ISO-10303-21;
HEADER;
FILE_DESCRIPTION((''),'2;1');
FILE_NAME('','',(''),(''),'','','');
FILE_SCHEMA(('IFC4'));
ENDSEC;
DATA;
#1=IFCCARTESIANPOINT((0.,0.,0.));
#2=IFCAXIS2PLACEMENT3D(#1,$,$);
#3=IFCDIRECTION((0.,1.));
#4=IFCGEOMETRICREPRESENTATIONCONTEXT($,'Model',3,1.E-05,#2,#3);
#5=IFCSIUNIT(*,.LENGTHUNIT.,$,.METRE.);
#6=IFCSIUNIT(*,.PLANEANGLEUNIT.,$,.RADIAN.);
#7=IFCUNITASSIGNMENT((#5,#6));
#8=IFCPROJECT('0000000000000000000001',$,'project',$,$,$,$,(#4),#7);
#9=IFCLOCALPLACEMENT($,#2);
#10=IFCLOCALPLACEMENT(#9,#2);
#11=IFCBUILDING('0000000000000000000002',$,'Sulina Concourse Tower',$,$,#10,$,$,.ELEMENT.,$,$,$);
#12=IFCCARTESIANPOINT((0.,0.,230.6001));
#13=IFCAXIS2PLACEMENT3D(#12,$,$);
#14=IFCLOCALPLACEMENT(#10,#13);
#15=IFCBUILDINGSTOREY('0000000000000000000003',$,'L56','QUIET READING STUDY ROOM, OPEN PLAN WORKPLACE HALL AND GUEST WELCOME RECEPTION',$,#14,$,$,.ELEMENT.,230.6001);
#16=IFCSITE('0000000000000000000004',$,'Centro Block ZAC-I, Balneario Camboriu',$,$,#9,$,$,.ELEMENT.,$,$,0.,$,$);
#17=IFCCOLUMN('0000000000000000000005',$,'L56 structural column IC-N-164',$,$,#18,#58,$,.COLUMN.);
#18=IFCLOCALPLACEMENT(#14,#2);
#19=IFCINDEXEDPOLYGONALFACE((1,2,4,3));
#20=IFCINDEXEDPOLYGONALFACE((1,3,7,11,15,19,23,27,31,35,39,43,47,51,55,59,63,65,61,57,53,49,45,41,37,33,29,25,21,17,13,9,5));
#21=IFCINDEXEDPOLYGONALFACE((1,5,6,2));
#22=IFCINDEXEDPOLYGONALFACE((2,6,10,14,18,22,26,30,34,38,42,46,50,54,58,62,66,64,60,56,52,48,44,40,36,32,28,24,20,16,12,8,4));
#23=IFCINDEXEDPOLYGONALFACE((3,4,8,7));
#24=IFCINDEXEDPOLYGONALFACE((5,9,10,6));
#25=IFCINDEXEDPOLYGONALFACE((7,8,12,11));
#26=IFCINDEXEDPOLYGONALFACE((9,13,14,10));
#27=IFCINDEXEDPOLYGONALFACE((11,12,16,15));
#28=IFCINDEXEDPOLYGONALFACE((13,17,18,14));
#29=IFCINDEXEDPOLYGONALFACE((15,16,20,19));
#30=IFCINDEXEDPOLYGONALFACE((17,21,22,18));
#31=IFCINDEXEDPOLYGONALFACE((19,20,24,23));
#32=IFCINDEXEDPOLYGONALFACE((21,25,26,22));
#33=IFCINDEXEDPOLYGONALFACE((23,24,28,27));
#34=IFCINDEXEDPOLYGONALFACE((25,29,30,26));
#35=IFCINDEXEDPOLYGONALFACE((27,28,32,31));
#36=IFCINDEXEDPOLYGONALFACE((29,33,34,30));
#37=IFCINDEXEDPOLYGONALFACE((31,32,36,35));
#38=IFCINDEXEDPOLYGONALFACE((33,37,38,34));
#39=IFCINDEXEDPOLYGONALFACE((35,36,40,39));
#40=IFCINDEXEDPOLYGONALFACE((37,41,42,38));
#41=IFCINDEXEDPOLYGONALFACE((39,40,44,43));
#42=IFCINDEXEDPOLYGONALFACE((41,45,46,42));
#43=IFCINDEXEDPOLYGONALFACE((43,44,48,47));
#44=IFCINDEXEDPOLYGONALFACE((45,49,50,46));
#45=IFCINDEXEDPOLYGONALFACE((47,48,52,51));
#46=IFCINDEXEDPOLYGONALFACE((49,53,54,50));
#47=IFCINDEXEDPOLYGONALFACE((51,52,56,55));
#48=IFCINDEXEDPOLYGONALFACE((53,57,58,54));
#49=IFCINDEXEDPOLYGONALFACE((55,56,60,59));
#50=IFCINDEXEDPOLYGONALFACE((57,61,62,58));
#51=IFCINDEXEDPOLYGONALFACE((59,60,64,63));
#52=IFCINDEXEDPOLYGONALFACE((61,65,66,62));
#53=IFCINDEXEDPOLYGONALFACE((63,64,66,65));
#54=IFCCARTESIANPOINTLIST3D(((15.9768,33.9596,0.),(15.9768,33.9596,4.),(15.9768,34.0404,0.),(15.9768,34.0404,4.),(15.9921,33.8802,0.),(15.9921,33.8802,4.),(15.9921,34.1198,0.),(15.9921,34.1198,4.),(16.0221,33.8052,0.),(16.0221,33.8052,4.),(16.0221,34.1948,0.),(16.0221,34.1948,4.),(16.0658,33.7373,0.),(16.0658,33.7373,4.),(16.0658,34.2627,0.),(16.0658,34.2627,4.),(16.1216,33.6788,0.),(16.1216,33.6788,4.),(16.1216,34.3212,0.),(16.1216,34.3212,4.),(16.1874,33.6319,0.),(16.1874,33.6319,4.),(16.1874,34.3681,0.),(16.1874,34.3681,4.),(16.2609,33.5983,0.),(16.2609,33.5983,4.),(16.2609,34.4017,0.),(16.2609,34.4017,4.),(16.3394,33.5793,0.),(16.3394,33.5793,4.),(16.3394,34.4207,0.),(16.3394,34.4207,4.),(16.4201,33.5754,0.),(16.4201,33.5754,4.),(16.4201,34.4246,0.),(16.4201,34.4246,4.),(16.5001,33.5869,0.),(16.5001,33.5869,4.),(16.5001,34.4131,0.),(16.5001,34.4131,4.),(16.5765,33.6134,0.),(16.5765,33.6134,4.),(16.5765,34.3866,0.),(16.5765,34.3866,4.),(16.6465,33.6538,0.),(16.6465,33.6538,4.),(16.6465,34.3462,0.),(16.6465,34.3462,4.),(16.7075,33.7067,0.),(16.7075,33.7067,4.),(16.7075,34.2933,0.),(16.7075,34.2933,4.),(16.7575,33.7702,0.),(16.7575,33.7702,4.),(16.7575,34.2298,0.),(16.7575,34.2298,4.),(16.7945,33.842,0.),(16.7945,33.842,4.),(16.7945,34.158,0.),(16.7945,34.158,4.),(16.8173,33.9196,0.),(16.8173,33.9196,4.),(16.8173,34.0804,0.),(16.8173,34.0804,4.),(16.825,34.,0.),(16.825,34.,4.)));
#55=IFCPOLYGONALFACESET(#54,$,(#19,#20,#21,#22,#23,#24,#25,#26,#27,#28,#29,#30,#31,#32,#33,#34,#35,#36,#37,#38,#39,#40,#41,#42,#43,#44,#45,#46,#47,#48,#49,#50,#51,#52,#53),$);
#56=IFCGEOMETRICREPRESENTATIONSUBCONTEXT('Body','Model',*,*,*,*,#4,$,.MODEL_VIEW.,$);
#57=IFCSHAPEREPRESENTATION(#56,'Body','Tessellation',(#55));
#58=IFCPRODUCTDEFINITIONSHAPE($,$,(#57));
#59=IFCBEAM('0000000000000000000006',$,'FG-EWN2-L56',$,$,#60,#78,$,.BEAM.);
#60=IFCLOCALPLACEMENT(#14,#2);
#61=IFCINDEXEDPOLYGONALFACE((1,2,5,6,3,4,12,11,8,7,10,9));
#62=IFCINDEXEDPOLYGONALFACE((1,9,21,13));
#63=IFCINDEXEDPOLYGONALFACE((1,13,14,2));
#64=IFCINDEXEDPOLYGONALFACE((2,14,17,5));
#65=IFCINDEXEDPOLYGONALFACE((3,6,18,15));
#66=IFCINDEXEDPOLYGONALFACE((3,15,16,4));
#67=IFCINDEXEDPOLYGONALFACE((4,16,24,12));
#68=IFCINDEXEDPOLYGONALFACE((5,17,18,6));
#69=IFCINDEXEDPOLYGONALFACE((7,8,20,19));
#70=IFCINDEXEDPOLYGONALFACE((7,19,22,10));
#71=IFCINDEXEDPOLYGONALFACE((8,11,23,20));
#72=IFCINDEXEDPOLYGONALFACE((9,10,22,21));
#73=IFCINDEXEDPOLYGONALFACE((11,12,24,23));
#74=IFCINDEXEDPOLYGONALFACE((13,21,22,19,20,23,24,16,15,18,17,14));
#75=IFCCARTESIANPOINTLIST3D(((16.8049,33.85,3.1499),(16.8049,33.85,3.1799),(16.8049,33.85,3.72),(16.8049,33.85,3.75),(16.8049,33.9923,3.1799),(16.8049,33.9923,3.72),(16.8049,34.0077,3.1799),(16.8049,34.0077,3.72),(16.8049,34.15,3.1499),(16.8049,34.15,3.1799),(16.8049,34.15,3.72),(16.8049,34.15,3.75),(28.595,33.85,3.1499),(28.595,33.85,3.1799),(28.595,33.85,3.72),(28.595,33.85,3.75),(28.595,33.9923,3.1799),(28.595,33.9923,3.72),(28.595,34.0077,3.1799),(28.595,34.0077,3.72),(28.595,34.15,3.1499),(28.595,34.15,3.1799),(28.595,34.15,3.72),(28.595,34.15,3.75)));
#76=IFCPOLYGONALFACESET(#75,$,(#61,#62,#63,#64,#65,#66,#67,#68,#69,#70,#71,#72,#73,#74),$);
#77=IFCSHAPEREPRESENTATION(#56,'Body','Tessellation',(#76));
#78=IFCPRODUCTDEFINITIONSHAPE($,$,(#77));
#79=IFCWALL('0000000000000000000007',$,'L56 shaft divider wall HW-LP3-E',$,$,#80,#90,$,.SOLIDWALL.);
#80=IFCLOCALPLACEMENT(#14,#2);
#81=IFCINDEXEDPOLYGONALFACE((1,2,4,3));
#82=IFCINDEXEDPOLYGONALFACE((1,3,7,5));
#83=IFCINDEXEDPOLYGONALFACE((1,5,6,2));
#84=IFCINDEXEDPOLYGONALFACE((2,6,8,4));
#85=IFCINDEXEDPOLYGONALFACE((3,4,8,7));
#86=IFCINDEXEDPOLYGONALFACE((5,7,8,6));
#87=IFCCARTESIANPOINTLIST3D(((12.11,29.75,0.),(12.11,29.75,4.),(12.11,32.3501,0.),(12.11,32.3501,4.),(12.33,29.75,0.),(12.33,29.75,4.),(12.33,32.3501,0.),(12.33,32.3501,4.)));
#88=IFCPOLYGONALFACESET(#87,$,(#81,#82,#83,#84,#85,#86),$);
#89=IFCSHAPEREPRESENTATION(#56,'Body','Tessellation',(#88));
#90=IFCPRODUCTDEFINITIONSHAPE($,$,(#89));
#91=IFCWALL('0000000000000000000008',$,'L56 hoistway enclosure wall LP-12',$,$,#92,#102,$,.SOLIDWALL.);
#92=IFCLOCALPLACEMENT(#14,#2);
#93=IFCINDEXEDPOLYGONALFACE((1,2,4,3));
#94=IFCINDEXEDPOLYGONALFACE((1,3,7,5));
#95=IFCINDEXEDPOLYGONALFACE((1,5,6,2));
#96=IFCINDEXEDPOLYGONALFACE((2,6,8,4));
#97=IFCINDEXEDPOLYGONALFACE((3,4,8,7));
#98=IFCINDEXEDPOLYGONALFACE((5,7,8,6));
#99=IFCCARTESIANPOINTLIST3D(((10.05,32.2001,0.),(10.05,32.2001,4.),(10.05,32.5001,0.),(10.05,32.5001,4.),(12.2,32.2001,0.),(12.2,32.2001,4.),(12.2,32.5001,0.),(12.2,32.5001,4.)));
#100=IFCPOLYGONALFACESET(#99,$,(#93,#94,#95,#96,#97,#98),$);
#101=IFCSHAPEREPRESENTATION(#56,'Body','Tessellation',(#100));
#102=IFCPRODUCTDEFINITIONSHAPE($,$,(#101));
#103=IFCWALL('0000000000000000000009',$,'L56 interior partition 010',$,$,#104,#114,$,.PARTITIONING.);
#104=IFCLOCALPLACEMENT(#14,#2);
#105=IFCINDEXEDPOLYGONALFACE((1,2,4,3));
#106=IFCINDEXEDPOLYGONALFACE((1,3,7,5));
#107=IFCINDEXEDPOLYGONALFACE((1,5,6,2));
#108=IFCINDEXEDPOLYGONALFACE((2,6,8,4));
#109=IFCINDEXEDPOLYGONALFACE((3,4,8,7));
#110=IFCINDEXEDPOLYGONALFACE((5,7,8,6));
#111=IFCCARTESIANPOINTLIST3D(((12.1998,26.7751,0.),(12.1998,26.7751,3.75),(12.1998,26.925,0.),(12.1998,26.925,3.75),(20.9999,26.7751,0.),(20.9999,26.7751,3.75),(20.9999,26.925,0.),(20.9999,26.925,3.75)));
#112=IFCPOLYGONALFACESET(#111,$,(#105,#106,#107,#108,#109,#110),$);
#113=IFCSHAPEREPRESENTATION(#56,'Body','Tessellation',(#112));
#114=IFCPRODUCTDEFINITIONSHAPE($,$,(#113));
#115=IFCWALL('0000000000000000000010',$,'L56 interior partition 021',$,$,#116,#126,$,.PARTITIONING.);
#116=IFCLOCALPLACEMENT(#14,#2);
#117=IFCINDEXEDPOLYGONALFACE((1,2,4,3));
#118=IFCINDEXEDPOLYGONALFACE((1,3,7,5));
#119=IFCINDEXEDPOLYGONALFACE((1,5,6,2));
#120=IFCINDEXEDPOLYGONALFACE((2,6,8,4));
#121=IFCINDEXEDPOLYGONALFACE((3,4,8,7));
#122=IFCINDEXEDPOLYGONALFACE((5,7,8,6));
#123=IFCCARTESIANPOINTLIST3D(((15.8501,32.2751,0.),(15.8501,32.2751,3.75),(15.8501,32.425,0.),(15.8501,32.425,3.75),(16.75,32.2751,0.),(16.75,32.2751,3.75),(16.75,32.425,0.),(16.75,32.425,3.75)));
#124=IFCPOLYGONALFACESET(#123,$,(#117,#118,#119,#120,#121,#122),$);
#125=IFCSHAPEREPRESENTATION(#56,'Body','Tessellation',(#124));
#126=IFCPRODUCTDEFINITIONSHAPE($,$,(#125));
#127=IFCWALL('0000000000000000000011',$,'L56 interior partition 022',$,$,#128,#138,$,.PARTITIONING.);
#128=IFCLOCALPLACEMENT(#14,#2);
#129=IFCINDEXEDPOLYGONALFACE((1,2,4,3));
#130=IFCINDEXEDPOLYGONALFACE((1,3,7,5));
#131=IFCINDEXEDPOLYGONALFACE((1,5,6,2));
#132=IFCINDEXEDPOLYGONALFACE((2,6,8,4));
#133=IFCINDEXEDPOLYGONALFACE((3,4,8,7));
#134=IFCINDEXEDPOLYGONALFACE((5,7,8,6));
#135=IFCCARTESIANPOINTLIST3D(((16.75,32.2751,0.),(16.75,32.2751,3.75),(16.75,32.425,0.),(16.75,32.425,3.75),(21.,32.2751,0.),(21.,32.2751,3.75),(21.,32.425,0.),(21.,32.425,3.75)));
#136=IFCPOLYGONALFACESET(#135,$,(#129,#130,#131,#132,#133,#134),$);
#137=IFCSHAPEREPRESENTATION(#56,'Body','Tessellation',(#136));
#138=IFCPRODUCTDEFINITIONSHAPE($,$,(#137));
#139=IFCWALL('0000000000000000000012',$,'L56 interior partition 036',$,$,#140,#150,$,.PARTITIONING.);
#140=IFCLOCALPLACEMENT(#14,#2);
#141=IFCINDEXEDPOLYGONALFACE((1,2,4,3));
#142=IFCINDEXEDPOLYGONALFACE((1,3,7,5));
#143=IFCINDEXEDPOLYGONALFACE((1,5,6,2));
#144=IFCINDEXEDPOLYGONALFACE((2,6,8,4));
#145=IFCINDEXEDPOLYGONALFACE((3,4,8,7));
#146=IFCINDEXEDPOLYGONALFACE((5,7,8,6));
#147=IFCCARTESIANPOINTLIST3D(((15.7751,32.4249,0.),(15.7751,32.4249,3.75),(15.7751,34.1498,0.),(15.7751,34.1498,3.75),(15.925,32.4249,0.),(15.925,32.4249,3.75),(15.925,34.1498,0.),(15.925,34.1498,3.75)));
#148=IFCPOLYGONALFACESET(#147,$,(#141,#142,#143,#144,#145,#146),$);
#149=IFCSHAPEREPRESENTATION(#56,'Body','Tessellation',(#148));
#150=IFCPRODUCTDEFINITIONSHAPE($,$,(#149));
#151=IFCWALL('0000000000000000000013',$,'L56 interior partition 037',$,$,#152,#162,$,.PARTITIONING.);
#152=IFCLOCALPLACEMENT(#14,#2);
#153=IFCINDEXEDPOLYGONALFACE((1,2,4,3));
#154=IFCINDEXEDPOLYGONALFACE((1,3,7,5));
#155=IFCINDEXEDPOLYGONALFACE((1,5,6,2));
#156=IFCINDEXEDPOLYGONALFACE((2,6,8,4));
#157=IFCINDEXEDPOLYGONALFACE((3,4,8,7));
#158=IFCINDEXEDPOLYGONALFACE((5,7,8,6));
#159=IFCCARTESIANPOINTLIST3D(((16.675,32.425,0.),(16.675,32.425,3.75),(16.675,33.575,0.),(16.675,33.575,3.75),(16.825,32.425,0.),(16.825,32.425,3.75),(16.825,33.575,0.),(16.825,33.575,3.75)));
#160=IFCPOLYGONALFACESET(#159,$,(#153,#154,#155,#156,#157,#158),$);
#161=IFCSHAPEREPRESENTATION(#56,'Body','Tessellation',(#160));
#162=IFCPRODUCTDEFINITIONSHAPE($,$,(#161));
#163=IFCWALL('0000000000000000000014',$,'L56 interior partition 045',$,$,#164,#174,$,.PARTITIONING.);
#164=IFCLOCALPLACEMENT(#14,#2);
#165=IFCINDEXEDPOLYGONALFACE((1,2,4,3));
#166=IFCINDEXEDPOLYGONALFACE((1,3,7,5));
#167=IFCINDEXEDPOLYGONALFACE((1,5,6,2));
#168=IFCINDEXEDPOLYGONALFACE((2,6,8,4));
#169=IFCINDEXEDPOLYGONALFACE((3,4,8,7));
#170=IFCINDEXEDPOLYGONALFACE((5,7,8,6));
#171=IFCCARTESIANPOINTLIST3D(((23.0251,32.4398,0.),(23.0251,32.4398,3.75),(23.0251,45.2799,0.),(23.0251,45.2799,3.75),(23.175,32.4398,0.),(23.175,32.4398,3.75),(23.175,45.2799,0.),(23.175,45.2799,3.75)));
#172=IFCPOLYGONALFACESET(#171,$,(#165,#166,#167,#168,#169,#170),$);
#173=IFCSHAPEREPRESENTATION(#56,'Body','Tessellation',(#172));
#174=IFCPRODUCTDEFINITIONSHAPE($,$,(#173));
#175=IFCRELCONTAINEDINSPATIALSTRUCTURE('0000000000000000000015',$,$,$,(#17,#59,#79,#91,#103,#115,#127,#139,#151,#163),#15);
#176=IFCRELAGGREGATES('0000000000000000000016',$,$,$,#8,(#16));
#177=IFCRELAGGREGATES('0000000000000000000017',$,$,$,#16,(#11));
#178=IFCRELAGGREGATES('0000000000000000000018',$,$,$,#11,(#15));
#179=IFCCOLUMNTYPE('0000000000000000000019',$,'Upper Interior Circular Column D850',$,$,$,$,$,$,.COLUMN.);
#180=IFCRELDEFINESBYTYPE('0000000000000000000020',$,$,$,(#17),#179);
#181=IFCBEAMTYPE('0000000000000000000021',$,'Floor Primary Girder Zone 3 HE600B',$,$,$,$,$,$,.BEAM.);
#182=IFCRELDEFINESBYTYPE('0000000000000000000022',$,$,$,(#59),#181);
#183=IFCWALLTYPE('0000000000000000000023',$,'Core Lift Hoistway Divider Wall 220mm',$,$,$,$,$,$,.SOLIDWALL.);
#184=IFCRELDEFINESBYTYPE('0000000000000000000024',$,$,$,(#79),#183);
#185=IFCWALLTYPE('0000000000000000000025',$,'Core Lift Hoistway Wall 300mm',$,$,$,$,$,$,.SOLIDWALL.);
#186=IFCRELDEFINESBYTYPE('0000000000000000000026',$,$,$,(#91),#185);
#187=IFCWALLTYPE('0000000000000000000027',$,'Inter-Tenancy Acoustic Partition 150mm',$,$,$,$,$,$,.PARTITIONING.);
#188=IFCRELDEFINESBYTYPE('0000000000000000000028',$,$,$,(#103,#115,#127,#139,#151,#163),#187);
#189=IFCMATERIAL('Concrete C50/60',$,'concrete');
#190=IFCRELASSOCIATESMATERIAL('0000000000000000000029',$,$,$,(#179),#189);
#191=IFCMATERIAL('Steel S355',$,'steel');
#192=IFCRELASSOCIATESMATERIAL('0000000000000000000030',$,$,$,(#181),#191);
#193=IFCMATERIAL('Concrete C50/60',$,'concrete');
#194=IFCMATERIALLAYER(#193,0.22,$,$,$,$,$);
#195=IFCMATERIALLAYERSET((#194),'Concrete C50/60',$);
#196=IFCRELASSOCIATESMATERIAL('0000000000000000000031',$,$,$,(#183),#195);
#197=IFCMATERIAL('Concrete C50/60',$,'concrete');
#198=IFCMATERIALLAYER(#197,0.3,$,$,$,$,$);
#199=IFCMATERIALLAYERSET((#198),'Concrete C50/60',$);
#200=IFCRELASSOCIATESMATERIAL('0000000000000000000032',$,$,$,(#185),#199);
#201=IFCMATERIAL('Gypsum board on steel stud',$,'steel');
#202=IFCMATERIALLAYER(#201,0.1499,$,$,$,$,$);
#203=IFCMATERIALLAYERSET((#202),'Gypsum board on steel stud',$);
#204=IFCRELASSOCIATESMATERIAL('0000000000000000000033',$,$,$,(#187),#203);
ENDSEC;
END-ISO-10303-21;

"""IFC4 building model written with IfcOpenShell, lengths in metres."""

from ifc_helpers import new_model, si_unit, direction, frame, frame_2d, origin, origin_2d, place, context, subcontext, project, spatial, rectangle, circle, i_section, extrude, material, layer, layer_set, material_profile, profile_set, type_object, element, save


model = new_model("IFC4")

# Units and contexts
model_context = context("Model", 3, precision=1e-05, world=origin(), true_north=direction((0.0, 1.0)))
body_context = subcontext(model_context, "Body", "Model", "MODEL_VIEW")
ifc_project = project(units=[si_unit("LENGTHUNIT", "METRE"), si_unit("PLANEANGLEUNIT", "RADIAN")], contexts=[model_context])

# Site, building, storey
site_placement = place(None, origin())
site = spatial("IfcSite", under=ifc_project, at=site_placement, Name="Centro Block ZAC-I, Balneario Camboriu", CompositionType="ELEMENT", RefElevation=0.0)
building_placement = place(site_placement, origin())
building = spatial("IfcBuilding", under=site, at=building_placement, Name="Sulina Concourse Tower", CompositionType="ELEMENT")
storey_placement = place(building_placement, frame((0.0, 0.0, 230.6001)))
storey = spatial("IfcBuildingStorey", under=building, at=storey_placement, Name="L56", Description="QUIET READING STUDY ROOM, OPEN PLAN WORKPLACE HALL AND GUEST WELCOME RECEPTION", CompositionType="ELEMENT", Elevation=230.6001)

# Column
ifc_material_1 = material(Name="Concrete C50/60", Category="concrete")
ifc_material_profile_1 = material_profile(ifc_material_1, circle(Radius=0.425, at=origin_2d()), Name="RC D850")
ifc_profile_set_1 = profile_set([ifc_material_profile_1], Name="Concrete C50/60")
column_type = type_object("IfcColumnType", Name="Upper Interior Circular Column D850", PredefinedType="COLUMN", material=ifc_profile_set_1)
column_placement = place(storey_placement, frame((16.3999, 34.0, 0.0), z_axis=(0.0, 0.0, 1.0), x_axis=(1.0, 0.0, 0.0)))
element("IfcColumn", 1, at=column_placement, inside=storey, type_object=column_type, Name="L56 structural column IC-N-164", PredefinedType="COLUMN", context=body_context, shape_type="SweptSolid", body=[
    extrude(circle(Radius=0.425, at=origin_2d()), origin(), (0.0, 0.0, 1.0), 4.0),
])

# Beam
ifc_material_2 = material(Name="Steel S355", Category="steel")
ifc_material_profile_2 = material_profile(ifc_material_2, i_section(OverallWidth=0.3, OverallDepth=0.6001, WebThickness=0.0154, FlangeThickness=0.03, at=origin_2d()), Name="HE 600 B")
ifc_profile_set_2 = profile_set([ifc_material_profile_2], Name="Steel S355")
beam_type = type_object("IfcBeamType", Name="Floor Primary Girder Zone 3 HE600B", PredefinedType="BEAM", material=ifc_profile_set_2)
beam_placement = place(storey_placement, frame((16.8049, 34.0, 3.45), z_axis=(1.0, 0.0, 0.0), x_axis=(0.0, 1.0, 0.0)))
element("IfcBeam", 2, at=beam_placement, inside=storey, type_object=beam_type, Name="FG-EWN2-L56", PredefinedType="BEAM", context=body_context, shape_type="SweptSolid", body=[
    extrude(i_section(OverallWidth=0.3, OverallDepth=0.6001, WebThickness=0.0154, FlangeThickness=0.03, at=origin_2d()), origin(), (0.0, 0.0, 1.0), 11.79),
])

# Walls
ifc_material_3 = material(Name="Concrete C50/60", Category="concrete")
ifc_layer_1 = layer(ifc_material_3, 0.22)
ifc_layer_set_1 = layer_set([ifc_layer_1], Name="Concrete C50/60")
wall_type_1 = type_object("IfcWallType", Name="Core Lift Hoistway Divider Wall 220mm", PredefinedType="SOLIDWALL", material=ifc_layer_set_1)
wall_1_placement = place(storey_placement, frame((12.22, 29.75, 0.0), z_axis=(0.0, 0.0, 1.0), x_axis=(0.0, 1.0, 0.0)))
element("IfcWall", 3, at=wall_1_placement, inside=storey, type_object=wall_type_1, Name="L56 shaft divider wall HW-LP3-E", PredefinedType="SOLIDWALL", context=body_context, shape_type="SweptSolid", body=[
    extrude(rectangle(XDim=2.6001, YDim=0.22, at=frame_2d((1.3, 0.0))), origin(), (0.0, 0.0, 1.0), 4.0),
])
ifc_material_4 = material(Name="Concrete C50/60", Category="concrete")
ifc_layer_2 = layer(ifc_material_4, 0.3)
ifc_layer_set_2 = layer_set([ifc_layer_2], Name="Concrete C50/60")
wall_type_2 = type_object("IfcWallType", Name="Core Lift Hoistway Wall 300mm", PredefinedType="SOLIDWALL", material=ifc_layer_set_2)
wall_2_placement = place(storey_placement, frame((10.05, 32.3501, 0.0), z_axis=(0.0, 0.0, 1.0), x_axis=(1.0, 0.0, 0.0)))
element("IfcWall", 4, at=wall_2_placement, inside=storey, type_object=wall_type_2, Name="L56 hoistway enclosure wall LP-12", PredefinedType="SOLIDWALL", context=body_context, shape_type="SweptSolid", body=[
    extrude(rectangle(XDim=2.1499, YDim=0.3, at=frame_2d((1.075, 0.0))), origin(), (0.0, 0.0, 1.0), 4.0),
])
ifc_material_5 = material(Name="Gypsum board on steel stud", Category="steel")
ifc_layer_3 = layer(ifc_material_5, 0.1499)
ifc_layer_set_3 = layer_set([ifc_layer_3], Name="Gypsum board on steel stud")
wall_type_3 = type_object("IfcWallType", Name="Inter-Tenancy Acoustic Partition 150mm", PredefinedType="PARTITIONING", material=ifc_layer_set_3)
wall_3_placement = place(storey_placement, frame((12.2, 26.8501, 0.0), z_axis=(0.0, 0.0, 1.0), x_axis=(1.0, 0.0, 0.0)))
element("IfcWall", 5, at=wall_3_placement, inside=storey, type_object=wall_type_3, Name="L56 interior partition 010", PredefinedType="PARTITIONING", context=body_context, shape_type="SweptSolid", body=[
    extrude(rectangle(XDim=8.8, YDim=0.1499, at=frame_2d((4.3999, 0.0))), origin(), (0.0, 0.0, 1.0), 3.75),
])

# Walls
wall_4_placement = place(storey_placement, frame((15.8501, 32.3501, 0.0), z_axis=(0.0, 0.0, 1.0), x_axis=(1.0, 0.0, 0.0)))
element("IfcWall", 6, at=wall_4_placement, inside=storey, type_object=wall_type_3, Name="L56 interior partition 021", PredefinedType="PARTITIONING", context=body_context, shape_type="SweptSolid", body=[
    extrude(rectangle(XDim=0.8999, YDim=0.1499, at=frame_2d((0.45, 0.0))), origin(), (0.0, 0.0, 1.0), 3.75),
])
wall_5_placement = place(storey_placement, frame((16.75, 32.3501, 0.0), z_axis=(0.0, 0.0, 1.0), x_axis=(1.0, 0.0, 0.0)))
element("IfcWall", 7, at=wall_5_placement, inside=storey, type_object=wall_type_3, Name="L56 interior partition 022", PredefinedType="PARTITIONING", context=body_context, shape_type="SweptSolid", body=[
    extrude(rectangle(XDim=4.25, YDim=0.1499, at=frame_2d((2.125, 0.0))), origin(), (0.0, 0.0, 1.0), 3.75),
])
wall_6_placement = place(storey_placement, frame((15.8501, 32.425, 0.0), z_axis=(0.0, 0.0, 1.0), x_axis=(0.0, 1.0, 0.0)))
element("IfcWall", 8, at=wall_6_placement, inside=storey, type_object=wall_type_3, Name="L56 interior partition 036", PredefinedType="PARTITIONING", context=body_context, shape_type="SweptSolid", body=[
    extrude(rectangle(XDim=1.7249, YDim=0.1499, at=frame_2d((0.8623, 0.0))), origin(), (0.0, 0.0, 1.0), 3.75),
])
wall_7_placement = place(storey_placement, frame((16.75, 32.425, 0.0), z_axis=(0.0, 0.0, 1.0), x_axis=(0.0, 1.0, 0.0)))
element("IfcWall", 9, at=wall_7_placement, inside=storey, type_object=wall_type_3, Name="L56 interior partition 037", PredefinedType="PARTITIONING", context=body_context, shape_type="SweptSolid", body=[
    extrude(rectangle(XDim=1.1499, YDim=0.1499, at=frame_2d((0.575, 0.0))), origin(), (0.0, 0.0, 1.0), 3.75),
])
wall_8_placement = place(storey_placement, frame((23.1001, 32.4399, 0.0), z_axis=(0.0, 0.0, 1.0), x_axis=(0.0, 1.0, 0.0)))
element("IfcWall", 10, at=wall_8_placement, inside=storey, type_object=wall_type_3, Name="L56 interior partition 045", PredefinedType="PARTITIONING", context=body_context, shape_type="SweptSolid", body=[
    extrude(rectangle(XDim=12.8401, YDim=0.1499, at=frame_2d((6.4199, 0.0))), origin(), (0.0, 0.0, 1.0), 3.75),
])

save(model, "model.ifc")
